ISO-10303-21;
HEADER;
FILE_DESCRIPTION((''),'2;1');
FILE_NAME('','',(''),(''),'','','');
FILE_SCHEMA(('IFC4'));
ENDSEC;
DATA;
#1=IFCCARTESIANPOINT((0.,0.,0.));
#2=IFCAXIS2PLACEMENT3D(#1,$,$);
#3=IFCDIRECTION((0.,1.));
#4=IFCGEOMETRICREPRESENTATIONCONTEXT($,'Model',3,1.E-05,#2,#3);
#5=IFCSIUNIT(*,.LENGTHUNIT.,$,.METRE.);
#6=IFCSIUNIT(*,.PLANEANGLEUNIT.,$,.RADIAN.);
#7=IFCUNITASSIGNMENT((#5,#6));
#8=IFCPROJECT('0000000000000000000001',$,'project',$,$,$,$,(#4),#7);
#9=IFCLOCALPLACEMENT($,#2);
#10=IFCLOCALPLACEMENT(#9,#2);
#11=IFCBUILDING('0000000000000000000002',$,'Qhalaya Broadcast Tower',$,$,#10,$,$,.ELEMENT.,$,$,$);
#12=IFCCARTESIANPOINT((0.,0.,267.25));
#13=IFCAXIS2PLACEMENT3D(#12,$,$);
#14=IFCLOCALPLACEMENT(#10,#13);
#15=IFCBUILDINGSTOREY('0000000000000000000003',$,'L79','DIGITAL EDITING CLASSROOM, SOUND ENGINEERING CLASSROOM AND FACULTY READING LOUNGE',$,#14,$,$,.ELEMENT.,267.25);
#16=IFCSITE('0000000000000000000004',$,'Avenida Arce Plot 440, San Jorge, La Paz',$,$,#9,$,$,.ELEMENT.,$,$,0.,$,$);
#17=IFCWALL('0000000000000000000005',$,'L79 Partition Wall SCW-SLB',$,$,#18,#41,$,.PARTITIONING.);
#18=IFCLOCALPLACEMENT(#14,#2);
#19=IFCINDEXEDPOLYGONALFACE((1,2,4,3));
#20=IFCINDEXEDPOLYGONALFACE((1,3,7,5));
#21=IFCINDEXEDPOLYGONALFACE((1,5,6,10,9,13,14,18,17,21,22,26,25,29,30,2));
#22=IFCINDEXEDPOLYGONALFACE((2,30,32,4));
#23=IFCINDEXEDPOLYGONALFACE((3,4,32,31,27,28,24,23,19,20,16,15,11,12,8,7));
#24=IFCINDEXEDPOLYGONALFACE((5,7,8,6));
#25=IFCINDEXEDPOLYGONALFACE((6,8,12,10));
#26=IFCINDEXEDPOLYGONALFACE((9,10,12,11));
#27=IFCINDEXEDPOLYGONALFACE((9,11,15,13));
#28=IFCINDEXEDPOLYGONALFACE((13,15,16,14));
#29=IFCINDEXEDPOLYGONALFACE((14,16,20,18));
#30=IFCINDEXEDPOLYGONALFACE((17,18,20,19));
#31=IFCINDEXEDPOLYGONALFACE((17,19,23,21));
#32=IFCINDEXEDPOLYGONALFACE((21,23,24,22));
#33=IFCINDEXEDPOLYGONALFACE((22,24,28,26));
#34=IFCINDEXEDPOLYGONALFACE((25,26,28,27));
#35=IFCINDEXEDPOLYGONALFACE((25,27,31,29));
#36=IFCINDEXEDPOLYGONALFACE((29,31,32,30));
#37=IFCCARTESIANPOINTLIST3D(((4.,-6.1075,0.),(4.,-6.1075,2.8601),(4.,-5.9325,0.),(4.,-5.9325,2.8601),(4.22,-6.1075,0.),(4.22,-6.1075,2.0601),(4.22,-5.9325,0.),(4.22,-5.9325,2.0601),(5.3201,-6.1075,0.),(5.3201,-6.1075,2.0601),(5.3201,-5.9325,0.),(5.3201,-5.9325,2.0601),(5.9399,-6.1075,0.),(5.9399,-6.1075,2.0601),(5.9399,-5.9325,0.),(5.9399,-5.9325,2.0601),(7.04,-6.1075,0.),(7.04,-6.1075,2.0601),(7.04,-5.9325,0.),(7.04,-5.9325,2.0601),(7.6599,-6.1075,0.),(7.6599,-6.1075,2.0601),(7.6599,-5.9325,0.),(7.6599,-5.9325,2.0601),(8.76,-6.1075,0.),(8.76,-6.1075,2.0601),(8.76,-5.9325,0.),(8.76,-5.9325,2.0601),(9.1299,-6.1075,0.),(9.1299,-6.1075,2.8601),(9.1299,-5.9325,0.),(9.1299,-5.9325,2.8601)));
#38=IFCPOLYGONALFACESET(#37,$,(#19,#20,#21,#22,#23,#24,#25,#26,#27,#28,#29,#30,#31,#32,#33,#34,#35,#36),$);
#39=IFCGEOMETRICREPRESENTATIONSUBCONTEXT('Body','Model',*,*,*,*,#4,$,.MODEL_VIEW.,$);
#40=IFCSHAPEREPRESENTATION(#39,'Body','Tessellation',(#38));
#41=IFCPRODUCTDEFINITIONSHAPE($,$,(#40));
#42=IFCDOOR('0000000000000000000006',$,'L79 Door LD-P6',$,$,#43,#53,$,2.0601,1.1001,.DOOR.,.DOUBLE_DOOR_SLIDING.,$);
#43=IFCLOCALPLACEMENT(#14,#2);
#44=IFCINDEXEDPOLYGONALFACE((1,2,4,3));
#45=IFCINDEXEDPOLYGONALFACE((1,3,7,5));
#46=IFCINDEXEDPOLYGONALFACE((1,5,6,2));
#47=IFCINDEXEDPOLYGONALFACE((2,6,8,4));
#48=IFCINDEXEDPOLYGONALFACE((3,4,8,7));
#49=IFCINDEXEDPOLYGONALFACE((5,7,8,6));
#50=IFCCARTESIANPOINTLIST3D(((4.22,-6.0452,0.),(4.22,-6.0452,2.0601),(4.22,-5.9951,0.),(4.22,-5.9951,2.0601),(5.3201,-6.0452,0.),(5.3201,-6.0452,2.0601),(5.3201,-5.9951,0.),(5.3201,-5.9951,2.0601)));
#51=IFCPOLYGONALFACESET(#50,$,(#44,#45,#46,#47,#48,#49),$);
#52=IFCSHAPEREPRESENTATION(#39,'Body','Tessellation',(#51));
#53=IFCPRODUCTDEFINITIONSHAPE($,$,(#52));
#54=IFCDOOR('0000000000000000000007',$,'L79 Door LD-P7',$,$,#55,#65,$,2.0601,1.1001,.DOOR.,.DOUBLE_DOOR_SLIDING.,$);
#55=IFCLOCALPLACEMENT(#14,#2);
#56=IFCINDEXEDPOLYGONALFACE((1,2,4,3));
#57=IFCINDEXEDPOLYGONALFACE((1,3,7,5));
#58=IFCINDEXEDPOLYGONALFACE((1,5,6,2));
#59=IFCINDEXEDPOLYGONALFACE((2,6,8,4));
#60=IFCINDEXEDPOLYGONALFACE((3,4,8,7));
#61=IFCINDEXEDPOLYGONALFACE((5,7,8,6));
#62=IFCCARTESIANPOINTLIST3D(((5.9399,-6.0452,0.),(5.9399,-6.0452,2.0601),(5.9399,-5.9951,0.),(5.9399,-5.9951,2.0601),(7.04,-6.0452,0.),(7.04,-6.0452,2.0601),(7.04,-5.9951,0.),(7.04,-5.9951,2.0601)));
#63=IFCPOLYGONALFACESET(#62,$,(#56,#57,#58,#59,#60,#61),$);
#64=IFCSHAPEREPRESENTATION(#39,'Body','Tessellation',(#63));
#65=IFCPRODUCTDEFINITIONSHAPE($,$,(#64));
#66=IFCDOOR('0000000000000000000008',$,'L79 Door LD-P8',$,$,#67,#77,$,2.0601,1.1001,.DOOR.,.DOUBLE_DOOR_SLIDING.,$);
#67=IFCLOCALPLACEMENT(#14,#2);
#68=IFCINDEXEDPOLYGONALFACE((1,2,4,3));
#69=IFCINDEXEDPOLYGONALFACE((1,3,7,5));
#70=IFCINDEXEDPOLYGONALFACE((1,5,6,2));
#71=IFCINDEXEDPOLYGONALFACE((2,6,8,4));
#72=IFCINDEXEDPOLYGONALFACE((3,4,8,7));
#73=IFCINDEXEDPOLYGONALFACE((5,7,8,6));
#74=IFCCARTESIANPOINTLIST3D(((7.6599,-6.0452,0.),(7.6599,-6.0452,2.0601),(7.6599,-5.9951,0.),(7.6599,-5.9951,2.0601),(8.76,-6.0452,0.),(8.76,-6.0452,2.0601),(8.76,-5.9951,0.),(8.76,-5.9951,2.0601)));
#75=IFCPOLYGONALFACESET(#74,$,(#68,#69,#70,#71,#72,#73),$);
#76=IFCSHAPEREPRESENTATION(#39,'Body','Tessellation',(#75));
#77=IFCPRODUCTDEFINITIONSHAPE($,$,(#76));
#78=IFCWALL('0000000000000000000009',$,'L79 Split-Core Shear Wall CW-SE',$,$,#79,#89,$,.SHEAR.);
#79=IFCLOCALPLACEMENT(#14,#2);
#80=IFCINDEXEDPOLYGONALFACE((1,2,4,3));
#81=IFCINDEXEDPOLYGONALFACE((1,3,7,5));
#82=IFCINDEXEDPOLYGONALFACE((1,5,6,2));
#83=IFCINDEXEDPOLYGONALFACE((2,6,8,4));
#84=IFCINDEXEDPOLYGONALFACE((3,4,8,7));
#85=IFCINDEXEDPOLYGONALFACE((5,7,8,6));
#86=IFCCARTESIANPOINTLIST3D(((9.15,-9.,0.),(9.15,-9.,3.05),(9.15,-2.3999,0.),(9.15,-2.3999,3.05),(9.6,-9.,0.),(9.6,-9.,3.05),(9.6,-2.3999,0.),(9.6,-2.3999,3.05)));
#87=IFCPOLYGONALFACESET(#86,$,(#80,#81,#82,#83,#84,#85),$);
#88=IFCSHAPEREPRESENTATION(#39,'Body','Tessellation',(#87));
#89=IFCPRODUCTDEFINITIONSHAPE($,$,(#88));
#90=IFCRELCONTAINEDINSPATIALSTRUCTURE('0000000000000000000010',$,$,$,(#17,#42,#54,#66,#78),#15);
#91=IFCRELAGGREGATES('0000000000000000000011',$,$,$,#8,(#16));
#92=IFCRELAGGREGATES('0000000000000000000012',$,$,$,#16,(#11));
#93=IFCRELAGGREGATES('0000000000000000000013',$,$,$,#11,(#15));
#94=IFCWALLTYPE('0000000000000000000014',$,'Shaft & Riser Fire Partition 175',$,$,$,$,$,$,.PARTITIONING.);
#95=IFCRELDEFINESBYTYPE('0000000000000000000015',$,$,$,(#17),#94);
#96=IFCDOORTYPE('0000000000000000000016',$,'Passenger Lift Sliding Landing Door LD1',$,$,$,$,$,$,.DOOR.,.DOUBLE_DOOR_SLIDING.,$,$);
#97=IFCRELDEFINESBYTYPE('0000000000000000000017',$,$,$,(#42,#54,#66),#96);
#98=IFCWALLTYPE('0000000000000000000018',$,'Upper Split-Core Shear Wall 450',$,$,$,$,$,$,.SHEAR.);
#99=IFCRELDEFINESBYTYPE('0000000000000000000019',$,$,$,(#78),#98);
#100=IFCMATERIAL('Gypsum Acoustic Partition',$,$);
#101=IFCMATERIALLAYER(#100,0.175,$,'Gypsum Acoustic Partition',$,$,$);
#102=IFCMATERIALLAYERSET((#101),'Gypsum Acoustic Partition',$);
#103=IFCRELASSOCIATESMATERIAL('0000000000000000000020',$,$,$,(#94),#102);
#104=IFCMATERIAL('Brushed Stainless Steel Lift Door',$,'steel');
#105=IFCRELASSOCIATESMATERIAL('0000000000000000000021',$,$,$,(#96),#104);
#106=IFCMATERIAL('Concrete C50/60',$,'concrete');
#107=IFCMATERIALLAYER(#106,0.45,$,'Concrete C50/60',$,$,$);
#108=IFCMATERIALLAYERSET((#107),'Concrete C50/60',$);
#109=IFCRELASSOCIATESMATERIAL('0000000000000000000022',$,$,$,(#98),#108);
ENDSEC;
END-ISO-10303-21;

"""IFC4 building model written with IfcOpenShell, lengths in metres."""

from ifc_helpers import new_model, si_unit, direction, frame, frame_2d, origin, place, context, subcontext, project, spatial, rectangle, extrude, material, layer, layer_set, type_object, element, fill, save


model = new_model("IFC4")

# Units and contexts
model_context = context("Model", 3, precision=1e-05, world=origin(), true_north=direction((0.0, 1.0)))
body_context = subcontext(model_context, "Body", "Model", "MODEL_VIEW")
ifc_project = project(units=[si_unit("LENGTHUNIT", "METRE"), si_unit("PLANEANGLEUNIT", "RADIAN")], contexts=[model_context])

# Site, building, storey
site_placement = place(None, origin())
site = spatial("IfcSite", under=ifc_project, at=site_placement, Name="Avenida Arce Plot 440, San Jorge, La Paz", CompositionType="ELEMENT", RefElevation=0.0)
building_placement = place(site_placement, origin())
building = spatial("IfcBuilding", under=site, at=building_placement, Name="Qhalaya Broadcast Tower", CompositionType="ELEMENT")
storey_placement = place(building_placement, frame((0.0, 0.0, 267.25)))
storey = spatial("IfcBuildingStorey", under=building, at=storey_placement, Name="L79", Description="DIGITAL EDITING CLASSROOM, SOUND ENGINEERING CLASSROOM AND FACULTY READING LOUNGE", CompositionType="ELEMENT", Elevation=267.25)

# Shared definitions
ifc_material_1 = material(Name="Concrete C50/60", Category="concrete")

# Shared definitions
ifc_material_2 = material(Name="Gypsum Acoustic Partition")

# Wall, openings, doors
ifc_layer_1 = layer(ifc_material_2, 0.175, Name="Gypsum Acoustic Partition")
ifc_layer_set_1 = layer_set([ifc_layer_1], Name="Gypsum Acoustic Partition")
wall_type_1 = type_object("IfcWallType", Name="Shaft & Riser Fire Partition 175", PredefinedType="PARTITIONING", material=ifc_layer_set_1)
wall_1_placement = place(storey_placement, frame((4.0, -6.02, 0.0), z_axis=(0.0, 0.0, 1.0), x_axis=(1.0, 0.0, 0.0)))
wall_1 = element("IfcWall", 1, at=wall_1_placement, inside=storey, type_object=wall_type_1, Name="L79 Partition Wall SCW-SLB", PredefinedType="PARTITIONING", context=body_context, shape_type="SweptSolid", body=[
    extrude(rectangle(XDim=5.1299, YDim=0.175, at=frame_2d((2.5649, 0.0))), origin(), (0.0, 0.0, 1.0), 2.8601),
])
opening_1_placement = place(wall_1_placement, frame((0.22, 0.0, 0.0)))
opening_1 = element("IfcOpeningElement", 2, at=opening_1_placement, cuts=wall_1, PredefinedType="OPENING", context=body_context, shape_type="SweptSolid", body=[
    extrude(rectangle(XDim=1.1001, YDim=2.0601, at=frame_2d((0.55, 1.03))), frame((0.0, 0.0996, 0.0), z_axis=(0.0, -1.0, 0.0), x_axis=(1.0, 0.0, 0.0)), (0.0, 0.0, 1.0), 0.199),
])
opening_2_placement = place(wall_1_placement, frame((1.9399, 0.0, 0.0)))
opening_2 = element("IfcOpeningElement", 3, at=opening_2_placement, cuts=wall_1, PredefinedType="OPENING", context=body_context, shape_type="SweptSolid", body=[
    extrude(rectangle(XDim=1.1001, YDim=2.0601, at=frame_2d((0.55, 1.03))), frame((0.0, 0.0996, 0.0), z_axis=(0.0, -1.0, 0.0), x_axis=(1.0, 0.0, 0.0)), (0.0, 0.0, 1.0), 0.199),
])
opening_3_placement = place(wall_1_placement, frame((3.6599, 0.0, 0.0)))
opening_3 = element("IfcOpeningElement", 4, at=opening_3_placement, cuts=wall_1, PredefinedType="OPENING", context=body_context, shape_type="SweptSolid", body=[
    extrude(rectangle(XDim=1.1001, YDim=2.0601, at=frame_2d((0.55, 1.03))), frame((0.0, 0.0996, 0.0), z_axis=(0.0, -1.0, 0.0), x_axis=(1.0, 0.0, 0.0)), (0.0, 0.0, 1.0), 0.199),
])
ifc_material_3 = material(Name="Brushed Stainless Steel Lift Door", Category="steel")
door_type_1 = type_object("IfcDoorType", Name="Passenger Lift Sliding Landing Door LD1", OperationType="DOUBLE_DOOR_SLIDING", PredefinedType="DOOR", material=ifc_material_3)
door_1_placement = place(opening_1_placement, origin())
door_1 = element("IfcDoor", 5, at=door_1_placement, inside=storey, type_object=door_type_1, Name="L79 Door LD-P6", OperationType="DOUBLE_DOOR_SLIDING", OverallHeight=2.0601, OverallWidth=1.1001, PredefinedType="DOOR", context=body_context, shape_type="SweptSolid", body=[
    extrude(rectangle(XDim=1.1001, YDim=2.0601, at=frame_2d((0.55, 1.03))), frame((0.0, 0.0249, 0.0), z_axis=(0.0, -1.0, 0.0), x_axis=(1.0, 0.0, 0.0)), (0.0, 0.0, 1.0), 0.05),
])
fill(opening_1, door_1)
door_2_placement = place(opening_2_placement, origin())
door_2 = element("IfcDoor", 6, at=door_2_placement, inside=storey, type_object=door_type_1, Name="L79 Door LD-P7", OperationType="DOUBLE_DOOR_SLIDING", OverallHeight=2.0601, OverallWidth=1.1001, PredefinedType="DOOR", context=body_context, shape_type="SweptSolid", body=[
    extrude(rectangle(XDim=1.1001, YDim=2.0601, at=frame_2d((0.55, 1.03))), frame((0.0, 0.0249, 0.0), z_axis=(0.0, -1.0, 0.0), x_axis=(1.0, 0.0, 0.0)), (0.0, 0.0, 1.0), 0.05),
])
fill(opening_2, door_2)
door_3_placement = place(opening_3_placement, origin())
door_3 = element("IfcDoor", 7, at=door_3_placement, inside=storey, type_object=door_type_1, Name="L79 Door LD-P8", OperationType="DOUBLE_DOOR_SLIDING", OverallHeight=2.0601, OverallWidth=1.1001, PredefinedType="DOOR", context=body_context, shape_type="SweptSolid", body=[
    extrude(rectangle(XDim=1.1001, YDim=2.0601, at=frame_2d((0.55, 1.03))), frame((0.0, 0.0249, 0.0), z_axis=(0.0, -1.0, 0.0), x_axis=(1.0, 0.0, 0.0)), (0.0, 0.0, 1.0), 0.05),
])
fill(opening_3, door_3)

# Wall
ifc_layer_2 = layer(ifc_material_1, 0.45, Name="Concrete C50/60")
ifc_layer_set_2 = layer_set([ifc_layer_2], Name="Concrete C50/60")
wall_type_2 = type_object("IfcWallType", Name="Upper Split-Core Shear Wall 450", PredefinedType="SHEAR", material=ifc_layer_set_2)
wall_2_placement = place(storey_placement, frame((9.375, -9.0, 0.0), z_axis=(0.0, 0.0, 1.0), x_axis=(0.0, 1.0, 0.0)))
element("IfcWall", 8, at=wall_2_placement, inside=storey, type_object=wall_type_2, Name="L79 Split-Core Shear Wall CW-SE", PredefinedType="SHEAR", context=body_context, shape_type="SweptSolid", body=[
    extrude(rectangle(XDim=6.6001, YDim=0.45, at=frame_2d((3.3, 0.0))), origin(), (0.0, 0.0, 1.0), 3.05),
])

save(model, "model.ifc")
